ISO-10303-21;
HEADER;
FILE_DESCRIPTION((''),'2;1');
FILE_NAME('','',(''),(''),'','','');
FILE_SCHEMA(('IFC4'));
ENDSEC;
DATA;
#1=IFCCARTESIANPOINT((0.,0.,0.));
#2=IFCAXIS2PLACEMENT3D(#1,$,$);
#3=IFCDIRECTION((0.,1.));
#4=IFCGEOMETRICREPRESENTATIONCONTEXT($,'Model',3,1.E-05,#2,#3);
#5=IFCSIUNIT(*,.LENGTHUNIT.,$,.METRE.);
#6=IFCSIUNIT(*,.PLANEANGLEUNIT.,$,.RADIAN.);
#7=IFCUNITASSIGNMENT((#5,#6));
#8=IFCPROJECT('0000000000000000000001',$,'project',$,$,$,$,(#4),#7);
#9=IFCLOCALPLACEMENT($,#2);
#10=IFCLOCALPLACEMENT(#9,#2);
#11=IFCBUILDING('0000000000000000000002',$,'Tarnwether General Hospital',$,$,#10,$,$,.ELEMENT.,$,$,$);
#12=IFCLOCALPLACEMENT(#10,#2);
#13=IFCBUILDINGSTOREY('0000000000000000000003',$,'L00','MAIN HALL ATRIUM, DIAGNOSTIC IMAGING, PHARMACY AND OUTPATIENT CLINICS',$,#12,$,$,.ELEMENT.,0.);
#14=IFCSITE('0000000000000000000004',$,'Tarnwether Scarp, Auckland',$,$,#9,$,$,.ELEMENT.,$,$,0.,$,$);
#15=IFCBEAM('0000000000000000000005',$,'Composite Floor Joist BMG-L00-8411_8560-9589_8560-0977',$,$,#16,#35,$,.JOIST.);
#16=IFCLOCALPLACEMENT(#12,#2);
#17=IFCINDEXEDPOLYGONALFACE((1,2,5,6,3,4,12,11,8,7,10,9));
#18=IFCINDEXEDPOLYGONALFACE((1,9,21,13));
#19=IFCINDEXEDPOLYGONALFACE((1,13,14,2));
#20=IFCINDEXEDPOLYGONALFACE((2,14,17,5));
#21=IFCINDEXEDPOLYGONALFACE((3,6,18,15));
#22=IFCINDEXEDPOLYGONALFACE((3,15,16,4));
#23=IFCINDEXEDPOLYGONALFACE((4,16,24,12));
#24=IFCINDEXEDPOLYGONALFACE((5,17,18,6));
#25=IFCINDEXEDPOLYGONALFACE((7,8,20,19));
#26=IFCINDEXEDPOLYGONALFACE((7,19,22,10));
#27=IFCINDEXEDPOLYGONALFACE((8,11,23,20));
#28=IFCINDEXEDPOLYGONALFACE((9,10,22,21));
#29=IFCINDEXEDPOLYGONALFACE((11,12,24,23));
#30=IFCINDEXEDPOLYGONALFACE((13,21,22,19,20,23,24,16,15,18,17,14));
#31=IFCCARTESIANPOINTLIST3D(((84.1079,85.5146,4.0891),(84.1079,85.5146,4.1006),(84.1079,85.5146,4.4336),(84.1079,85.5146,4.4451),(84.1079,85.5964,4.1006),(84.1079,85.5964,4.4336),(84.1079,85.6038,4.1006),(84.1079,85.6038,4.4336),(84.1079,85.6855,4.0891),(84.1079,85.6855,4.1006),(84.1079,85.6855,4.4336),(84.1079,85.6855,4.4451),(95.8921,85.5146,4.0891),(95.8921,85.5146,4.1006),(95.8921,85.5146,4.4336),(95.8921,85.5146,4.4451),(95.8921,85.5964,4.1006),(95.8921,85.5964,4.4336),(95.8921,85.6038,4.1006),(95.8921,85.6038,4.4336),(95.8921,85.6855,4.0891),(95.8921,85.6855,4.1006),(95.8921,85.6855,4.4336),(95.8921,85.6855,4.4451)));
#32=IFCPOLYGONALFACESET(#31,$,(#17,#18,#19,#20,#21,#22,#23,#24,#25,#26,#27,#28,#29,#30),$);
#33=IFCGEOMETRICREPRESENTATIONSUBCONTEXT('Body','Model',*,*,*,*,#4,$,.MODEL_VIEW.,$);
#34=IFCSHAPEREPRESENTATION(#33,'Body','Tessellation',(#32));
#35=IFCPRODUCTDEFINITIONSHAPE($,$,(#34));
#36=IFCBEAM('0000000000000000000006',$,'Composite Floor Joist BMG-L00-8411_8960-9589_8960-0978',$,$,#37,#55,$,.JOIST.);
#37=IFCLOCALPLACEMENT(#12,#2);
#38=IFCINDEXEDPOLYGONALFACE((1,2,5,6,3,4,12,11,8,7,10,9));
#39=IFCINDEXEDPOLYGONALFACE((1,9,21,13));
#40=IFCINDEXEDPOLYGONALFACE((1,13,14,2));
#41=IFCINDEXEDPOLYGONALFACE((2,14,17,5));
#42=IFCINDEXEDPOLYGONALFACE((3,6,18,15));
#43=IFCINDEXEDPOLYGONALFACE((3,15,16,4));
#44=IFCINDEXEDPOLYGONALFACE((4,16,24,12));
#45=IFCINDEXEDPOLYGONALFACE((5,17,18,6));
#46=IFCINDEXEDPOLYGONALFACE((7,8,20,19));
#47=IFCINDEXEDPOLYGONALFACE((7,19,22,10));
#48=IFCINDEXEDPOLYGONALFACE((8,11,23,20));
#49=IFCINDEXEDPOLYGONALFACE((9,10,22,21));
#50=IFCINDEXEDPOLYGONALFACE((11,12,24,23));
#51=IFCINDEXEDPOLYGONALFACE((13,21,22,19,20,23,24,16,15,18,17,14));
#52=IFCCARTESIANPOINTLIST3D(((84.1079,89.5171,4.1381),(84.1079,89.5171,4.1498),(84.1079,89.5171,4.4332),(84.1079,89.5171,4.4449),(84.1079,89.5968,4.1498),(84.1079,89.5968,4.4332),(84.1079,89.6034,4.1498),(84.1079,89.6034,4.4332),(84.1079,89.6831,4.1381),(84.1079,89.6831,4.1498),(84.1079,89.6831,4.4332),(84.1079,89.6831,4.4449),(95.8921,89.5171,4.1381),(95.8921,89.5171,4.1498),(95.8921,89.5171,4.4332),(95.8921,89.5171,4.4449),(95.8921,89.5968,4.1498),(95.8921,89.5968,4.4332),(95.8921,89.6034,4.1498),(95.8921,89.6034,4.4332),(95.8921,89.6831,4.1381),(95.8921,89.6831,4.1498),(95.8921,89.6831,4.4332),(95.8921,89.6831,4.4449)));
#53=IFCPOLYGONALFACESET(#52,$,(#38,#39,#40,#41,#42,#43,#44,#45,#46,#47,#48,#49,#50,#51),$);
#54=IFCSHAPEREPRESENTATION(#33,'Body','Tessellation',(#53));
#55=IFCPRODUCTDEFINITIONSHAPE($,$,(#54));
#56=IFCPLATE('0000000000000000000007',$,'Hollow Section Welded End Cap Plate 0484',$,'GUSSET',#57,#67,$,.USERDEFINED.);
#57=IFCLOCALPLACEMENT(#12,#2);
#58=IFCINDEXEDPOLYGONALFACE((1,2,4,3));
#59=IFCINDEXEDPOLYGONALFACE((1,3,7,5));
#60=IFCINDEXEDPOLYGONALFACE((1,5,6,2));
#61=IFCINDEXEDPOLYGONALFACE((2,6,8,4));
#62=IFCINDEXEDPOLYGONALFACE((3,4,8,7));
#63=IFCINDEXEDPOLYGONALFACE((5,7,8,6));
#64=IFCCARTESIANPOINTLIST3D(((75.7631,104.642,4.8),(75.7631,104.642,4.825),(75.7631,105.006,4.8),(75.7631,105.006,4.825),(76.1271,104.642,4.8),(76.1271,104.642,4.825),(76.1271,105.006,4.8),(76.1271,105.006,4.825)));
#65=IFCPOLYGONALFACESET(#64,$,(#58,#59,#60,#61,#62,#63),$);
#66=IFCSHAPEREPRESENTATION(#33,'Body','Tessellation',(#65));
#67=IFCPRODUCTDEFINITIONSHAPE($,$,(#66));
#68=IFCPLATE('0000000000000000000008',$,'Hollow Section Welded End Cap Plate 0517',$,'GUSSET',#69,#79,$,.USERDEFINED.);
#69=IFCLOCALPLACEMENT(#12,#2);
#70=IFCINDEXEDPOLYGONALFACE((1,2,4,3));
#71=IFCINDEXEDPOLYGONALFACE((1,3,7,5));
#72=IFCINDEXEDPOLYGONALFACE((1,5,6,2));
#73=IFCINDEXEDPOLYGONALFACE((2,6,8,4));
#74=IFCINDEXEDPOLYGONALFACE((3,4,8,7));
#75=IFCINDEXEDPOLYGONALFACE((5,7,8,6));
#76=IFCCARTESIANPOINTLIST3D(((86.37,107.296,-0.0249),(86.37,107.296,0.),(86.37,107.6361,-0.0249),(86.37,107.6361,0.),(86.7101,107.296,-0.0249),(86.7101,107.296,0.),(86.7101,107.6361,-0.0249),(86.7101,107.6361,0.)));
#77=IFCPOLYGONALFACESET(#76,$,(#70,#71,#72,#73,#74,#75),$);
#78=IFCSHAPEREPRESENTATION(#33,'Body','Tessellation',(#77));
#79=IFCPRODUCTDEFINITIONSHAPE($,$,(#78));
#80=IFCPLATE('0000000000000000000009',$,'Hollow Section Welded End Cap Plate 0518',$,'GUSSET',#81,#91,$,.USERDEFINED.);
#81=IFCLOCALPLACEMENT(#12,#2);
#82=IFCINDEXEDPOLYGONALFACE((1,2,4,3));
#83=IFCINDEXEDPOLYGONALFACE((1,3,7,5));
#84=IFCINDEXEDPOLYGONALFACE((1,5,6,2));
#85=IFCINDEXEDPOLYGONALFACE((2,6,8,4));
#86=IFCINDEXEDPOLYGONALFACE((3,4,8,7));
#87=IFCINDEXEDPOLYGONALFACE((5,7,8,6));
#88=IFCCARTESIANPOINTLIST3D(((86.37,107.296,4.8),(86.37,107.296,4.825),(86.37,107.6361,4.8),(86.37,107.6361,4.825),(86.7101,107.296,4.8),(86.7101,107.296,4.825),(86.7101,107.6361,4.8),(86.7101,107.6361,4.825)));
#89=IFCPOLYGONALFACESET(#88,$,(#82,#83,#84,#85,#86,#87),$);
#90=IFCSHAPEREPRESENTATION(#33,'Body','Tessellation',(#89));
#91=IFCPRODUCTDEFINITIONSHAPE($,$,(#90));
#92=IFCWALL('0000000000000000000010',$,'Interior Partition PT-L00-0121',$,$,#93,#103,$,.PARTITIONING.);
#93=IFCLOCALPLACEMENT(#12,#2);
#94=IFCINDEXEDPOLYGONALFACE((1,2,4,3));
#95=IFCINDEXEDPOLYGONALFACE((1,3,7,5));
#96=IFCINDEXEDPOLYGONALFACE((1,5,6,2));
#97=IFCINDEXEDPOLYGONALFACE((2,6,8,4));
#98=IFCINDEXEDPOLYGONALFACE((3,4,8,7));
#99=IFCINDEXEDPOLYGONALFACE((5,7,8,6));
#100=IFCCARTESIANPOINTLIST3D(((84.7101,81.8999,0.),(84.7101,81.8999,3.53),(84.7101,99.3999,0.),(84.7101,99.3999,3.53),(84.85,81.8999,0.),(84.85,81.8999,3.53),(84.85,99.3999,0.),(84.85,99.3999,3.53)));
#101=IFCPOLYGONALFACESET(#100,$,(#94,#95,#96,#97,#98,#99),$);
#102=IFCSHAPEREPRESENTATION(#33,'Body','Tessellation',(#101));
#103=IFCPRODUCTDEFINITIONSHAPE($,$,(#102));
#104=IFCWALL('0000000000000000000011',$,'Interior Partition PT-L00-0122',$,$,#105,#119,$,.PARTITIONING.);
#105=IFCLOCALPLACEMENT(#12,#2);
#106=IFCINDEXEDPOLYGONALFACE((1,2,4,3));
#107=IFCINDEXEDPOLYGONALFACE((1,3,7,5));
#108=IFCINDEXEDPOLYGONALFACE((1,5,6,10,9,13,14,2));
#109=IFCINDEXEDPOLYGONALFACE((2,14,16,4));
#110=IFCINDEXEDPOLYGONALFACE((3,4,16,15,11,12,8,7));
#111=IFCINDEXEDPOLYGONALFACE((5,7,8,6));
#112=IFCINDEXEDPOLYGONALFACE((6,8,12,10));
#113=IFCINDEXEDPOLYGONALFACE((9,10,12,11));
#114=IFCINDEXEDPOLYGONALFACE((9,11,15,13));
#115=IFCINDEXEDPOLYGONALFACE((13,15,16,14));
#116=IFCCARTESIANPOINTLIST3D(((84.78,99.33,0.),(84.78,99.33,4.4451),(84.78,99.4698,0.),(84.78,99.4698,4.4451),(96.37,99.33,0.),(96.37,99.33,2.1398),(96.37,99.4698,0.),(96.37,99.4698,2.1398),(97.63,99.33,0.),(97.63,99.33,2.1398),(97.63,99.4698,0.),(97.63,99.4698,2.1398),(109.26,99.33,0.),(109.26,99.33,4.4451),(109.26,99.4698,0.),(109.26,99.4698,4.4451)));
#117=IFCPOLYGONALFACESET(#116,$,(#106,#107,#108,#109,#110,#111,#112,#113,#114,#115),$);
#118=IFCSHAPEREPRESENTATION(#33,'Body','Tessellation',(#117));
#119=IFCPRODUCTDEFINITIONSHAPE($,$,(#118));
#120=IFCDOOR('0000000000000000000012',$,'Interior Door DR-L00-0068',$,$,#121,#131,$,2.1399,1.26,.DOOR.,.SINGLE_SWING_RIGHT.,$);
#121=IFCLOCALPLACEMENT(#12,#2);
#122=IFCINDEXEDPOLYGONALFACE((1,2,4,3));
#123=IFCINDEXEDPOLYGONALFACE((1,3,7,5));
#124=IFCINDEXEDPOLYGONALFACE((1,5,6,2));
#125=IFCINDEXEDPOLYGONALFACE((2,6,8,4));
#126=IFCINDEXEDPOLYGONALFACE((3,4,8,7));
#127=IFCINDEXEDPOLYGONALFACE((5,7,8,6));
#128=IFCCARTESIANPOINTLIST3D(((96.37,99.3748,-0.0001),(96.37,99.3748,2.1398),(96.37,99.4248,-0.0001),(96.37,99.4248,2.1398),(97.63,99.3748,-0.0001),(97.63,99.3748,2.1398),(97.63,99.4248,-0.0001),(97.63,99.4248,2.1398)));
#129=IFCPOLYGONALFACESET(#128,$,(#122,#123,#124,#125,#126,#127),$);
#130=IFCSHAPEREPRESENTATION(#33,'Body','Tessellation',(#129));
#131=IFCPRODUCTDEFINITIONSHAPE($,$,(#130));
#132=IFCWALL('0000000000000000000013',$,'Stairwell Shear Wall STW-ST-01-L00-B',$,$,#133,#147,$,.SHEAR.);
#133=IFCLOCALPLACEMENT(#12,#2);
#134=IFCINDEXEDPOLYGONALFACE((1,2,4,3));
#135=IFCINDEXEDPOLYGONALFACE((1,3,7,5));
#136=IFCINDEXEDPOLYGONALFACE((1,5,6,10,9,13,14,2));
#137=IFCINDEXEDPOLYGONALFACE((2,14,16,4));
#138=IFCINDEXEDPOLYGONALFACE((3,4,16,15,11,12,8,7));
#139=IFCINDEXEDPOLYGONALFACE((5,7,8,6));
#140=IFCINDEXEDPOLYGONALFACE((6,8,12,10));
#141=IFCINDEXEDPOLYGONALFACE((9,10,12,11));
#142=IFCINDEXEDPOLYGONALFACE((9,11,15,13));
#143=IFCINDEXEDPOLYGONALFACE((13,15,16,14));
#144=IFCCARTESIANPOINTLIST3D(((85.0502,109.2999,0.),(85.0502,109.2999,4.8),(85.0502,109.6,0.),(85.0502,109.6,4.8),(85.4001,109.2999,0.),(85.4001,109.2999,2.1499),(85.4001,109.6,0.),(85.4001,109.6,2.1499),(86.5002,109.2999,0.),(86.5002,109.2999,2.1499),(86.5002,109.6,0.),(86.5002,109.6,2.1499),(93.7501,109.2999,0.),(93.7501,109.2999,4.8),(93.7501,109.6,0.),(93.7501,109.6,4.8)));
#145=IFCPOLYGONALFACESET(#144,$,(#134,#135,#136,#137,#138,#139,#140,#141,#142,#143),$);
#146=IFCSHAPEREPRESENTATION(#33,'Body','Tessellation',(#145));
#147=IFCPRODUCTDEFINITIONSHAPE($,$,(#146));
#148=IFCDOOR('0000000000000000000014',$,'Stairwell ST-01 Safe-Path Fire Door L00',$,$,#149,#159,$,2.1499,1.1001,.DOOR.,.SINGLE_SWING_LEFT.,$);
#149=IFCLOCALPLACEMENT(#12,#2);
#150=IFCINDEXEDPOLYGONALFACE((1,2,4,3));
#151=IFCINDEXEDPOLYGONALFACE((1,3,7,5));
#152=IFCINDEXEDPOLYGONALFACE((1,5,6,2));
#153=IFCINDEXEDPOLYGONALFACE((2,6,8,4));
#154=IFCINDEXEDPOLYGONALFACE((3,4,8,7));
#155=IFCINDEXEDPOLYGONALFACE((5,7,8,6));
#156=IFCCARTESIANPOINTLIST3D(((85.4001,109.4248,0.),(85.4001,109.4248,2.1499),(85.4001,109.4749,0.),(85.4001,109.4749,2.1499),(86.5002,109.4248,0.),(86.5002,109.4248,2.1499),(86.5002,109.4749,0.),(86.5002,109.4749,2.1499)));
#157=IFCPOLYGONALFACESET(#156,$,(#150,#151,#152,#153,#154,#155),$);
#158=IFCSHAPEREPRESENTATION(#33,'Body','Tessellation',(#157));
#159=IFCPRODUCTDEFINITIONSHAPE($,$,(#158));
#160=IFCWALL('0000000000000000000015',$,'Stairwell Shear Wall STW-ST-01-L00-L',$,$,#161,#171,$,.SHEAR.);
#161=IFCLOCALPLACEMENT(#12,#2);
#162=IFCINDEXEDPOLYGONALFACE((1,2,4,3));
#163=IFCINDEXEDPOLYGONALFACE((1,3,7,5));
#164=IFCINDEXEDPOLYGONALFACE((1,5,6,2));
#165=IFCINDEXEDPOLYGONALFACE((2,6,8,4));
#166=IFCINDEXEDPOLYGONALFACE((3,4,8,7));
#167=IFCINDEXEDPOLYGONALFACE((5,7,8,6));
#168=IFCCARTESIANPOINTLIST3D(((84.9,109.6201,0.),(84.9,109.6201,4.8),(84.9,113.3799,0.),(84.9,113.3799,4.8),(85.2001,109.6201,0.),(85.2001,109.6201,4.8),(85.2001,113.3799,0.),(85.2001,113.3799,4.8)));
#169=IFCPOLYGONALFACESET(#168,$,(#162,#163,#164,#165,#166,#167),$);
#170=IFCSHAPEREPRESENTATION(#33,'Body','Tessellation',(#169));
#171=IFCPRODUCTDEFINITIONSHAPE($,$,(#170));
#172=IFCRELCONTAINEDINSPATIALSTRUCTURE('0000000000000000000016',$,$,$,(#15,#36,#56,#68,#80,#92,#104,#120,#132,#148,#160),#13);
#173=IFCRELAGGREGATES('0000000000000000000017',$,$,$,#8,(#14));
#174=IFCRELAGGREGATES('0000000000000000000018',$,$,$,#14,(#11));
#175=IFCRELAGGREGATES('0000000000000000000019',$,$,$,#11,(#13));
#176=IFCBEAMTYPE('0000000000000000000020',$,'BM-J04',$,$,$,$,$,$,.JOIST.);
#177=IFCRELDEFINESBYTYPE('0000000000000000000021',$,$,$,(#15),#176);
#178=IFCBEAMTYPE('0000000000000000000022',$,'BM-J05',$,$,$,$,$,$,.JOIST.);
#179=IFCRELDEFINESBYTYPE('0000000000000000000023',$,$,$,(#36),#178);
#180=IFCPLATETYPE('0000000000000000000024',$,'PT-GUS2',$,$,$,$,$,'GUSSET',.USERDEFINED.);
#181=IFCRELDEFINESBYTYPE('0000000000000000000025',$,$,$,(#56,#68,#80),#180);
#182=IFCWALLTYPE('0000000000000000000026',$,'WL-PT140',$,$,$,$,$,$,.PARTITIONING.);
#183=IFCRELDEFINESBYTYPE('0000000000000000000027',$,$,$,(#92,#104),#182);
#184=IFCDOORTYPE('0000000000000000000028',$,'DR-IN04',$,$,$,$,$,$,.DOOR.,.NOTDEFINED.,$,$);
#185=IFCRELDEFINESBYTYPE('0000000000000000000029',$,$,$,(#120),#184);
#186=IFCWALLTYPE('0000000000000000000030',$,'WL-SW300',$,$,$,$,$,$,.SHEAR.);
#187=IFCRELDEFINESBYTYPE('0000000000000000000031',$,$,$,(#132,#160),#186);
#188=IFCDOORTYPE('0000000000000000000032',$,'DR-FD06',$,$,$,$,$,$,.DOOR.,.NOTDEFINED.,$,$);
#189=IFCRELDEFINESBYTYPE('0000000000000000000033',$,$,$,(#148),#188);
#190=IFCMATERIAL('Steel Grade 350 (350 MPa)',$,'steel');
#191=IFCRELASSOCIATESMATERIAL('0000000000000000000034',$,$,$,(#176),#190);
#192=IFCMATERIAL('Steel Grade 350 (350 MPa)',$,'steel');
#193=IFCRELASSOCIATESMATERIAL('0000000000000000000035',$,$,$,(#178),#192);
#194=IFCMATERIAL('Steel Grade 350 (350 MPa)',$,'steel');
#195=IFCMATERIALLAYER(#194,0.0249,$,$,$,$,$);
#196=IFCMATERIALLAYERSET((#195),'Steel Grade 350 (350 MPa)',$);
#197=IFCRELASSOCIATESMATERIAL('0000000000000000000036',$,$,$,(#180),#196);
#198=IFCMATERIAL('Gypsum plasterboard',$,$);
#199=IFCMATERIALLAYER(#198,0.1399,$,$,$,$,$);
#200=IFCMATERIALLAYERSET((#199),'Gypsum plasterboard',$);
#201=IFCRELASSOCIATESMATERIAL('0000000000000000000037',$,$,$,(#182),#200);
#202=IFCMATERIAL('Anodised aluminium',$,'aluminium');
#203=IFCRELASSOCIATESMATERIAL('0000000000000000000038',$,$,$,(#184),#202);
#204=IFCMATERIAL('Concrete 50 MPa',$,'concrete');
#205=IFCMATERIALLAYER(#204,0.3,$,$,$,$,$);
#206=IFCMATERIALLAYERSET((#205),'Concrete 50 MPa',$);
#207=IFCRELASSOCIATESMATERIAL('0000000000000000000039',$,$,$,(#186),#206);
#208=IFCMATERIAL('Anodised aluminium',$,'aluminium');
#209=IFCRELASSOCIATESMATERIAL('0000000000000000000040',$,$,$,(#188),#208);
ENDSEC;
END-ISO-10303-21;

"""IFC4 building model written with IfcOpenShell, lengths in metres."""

from ifc_helpers import new_model, si_unit, direction, frame, frame_2d, origin, origin_2d, place, context, subcontext, project, spatial, rectangle, i_section, extrude, material, layer, layer_set, material_profile, profile_set, type_object, element, fill, save


model = new_model("IFC4")

# Units and contexts
model_context = context("Model", 3, precision=1e-05, world=origin(), true_north=direction((0.0, 1.0)))
body_context = subcontext(model_context, "Body", "Model", "MODEL_VIEW")
ifc_project = project(units=[si_unit("LENGTHUNIT", "METRE"), si_unit("PLANEANGLEUNIT", "RADIAN")], contexts=[model_context])

# Site, building, storey
site_placement = place(None, origin())
site = spatial("IfcSite", under=ifc_project, at=site_placement, Name="Tarnwether Scarp, Auckland", CompositionType="ELEMENT", RefElevation=0.0)
building_placement = place(site_placement, origin())
building = spatial("IfcBuilding", under=site, at=building_placement, Name="Tarnwether General Hospital", CompositionType="ELEMENT")
storey_placement = place(building_placement, origin())
storey = spatial("IfcBuildingStorey", under=building, at=storey_placement, Name="L00", Description="MAIN HALL ATRIUM, DIAGNOSTIC IMAGING, PHARMACY AND OUTPATIENT CLINICS", CompositionType="ELEMENT", Elevation=0.0)

# Beams
ifc_material_1 = material(Name="Steel Grade 350 (350 MPa)", Category="steel")
ifc_material_profile_1 = material_profile(ifc_material_1, i_section(OverallWidth=0.1709, OverallDepth=0.356, WebThickness=0.0073, FlangeThickness=0.0115, at=origin_2d()), Name="360UB50.7")
ifc_profile_set_1 = profile_set([ifc_material_profile_1], Name="Steel Grade 350 (350 MPa)")
beam_type_1 = type_object("IfcBeamType", Name="BM-J04", PredefinedType="JOIST", material=ifc_profile_set_1)
beam_1_placement = place(storey_placement, frame((84.1079, 85.6001, 4.2671), z_axis=(1.0, 0.0, 0.0), x_axis=(0.0, 1.0, 0.0)))
element("IfcBeam", 1, at=beam_1_placement, inside=storey, type_object=beam_type_1, Name="Composite Floor Joist BMG-L00-8411_8560-9589_8560-0977", PredefinedType="JOIST", context=body_context, shape_type="SweptSolid", body=[
    extrude(i_section(OverallWidth=0.1709, OverallDepth=0.356, WebThickness=0.0073, FlangeThickness=0.0115, at=origin_2d()), origin(), (0.0, 0.0, 1.0), 11.7842),
])
ifc_material_2 = material(Name="Steel Grade 350 (350 MPa)", Category="steel")
ifc_material_profile_2 = material_profile(ifc_material_2, i_section(OverallWidth=0.166, OverallDepth=0.3069, WebThickness=0.0066, FlangeThickness=0.0117, at=origin_2d()), Name="310UB46.2")
ifc_profile_set_2 = profile_set([ifc_material_profile_2], Name="Steel Grade 350 (350 MPa)")
beam_type_2 = type_object("IfcBeamType", Name="BM-J05", PredefinedType="JOIST", material=ifc_profile_set_2)
beam_2_placement = place(storey_placement, frame((84.1079, 89.6001, 4.2915), z_axis=(1.0, 0.0, 0.0), x_axis=(0.0, 1.0, 0.0)))
element("IfcBeam", 2, at=beam_2_placement, inside=storey, type_object=beam_type_2, Name="Composite Floor Joist BMG-L00-8411_8960-9589_8960-0978", PredefinedType="JOIST", context=body_context, shape_type="SweptSolid", body=[
    extrude(i_section(OverallWidth=0.166, OverallDepth=0.3069, WebThickness=0.0066, FlangeThickness=0.0117, at=origin_2d()), origin(), (0.0, 0.0, 1.0), 11.7842),
])

# Plates
ifc_material_3 = material(Name="Steel Grade 350 (350 MPa)", Category="steel")
ifc_layer_1 = layer(ifc_material_3, 0.0249)
ifc_layer_set_1 = layer_set([ifc_layer_1], Name="Steel Grade 350 (350 MPa)")
plate_type = type_object("IfcPlateType", Name="PT-GUS2", ElementType="GUSSET", PredefinedType="USERDEFINED", material=ifc_layer_set_1)
plate_placement = place(storey_placement, frame((75.9451, 104.824, 4.8), z_axis=(0.0, 0.0, 1.0), x_axis=(1.0, 0.0, 0.0)))
element("IfcPlate", 3, at=plate_placement, inside=storey, type_object=plate_type, Name="Hollow Section Welded End Cap Plate 0484", ObjectType="GUSSET", PredefinedType="USERDEFINED", context=body_context, shape_type="SweptSolid", body=[
    extrude(rectangle(XDim=0.364, YDim=0.364, at=origin_2d()), origin(), (0.0, 0.0, 1.0), 0.0249),
])
for number, where, z_axis, x_axis, name in (
    (4, (86.54, 107.4661, -0.0249), (0.0, 0.0, 1.0), (1.0, 0.0, 0.0), "Hollow Section Welded End Cap Plate 0517"),
    (5, (86.54, 107.4661, 4.8), (0.0, 0.0, 1.0), (1.0, 0.0, 0.0), "Hollow Section Welded End Cap Plate 0518"),
):
    element("IfcPlate", number, at=place(storey_placement, frame(where, z_axis=z_axis, x_axis=x_axis)), inside=storey, type_object=plate_type, Name=name, ObjectType="GUSSET", PredefinedType="USERDEFINED", context=body_context, shape_type="SweptSolid", body=[
        extrude(rectangle(XDim=0.3401, YDim=0.3401, at=origin_2d()), origin(), (0.0, 0.0, 1.0), 0.0249),
    ])

# Wall
ifc_material_4 = material(Name="Gypsum plasterboard")
ifc_layer_2 = layer(ifc_material_4, 0.1399)
ifc_layer_set_2 = layer_set([ifc_layer_2], Name="Gypsum plasterboard")
wall_type_1 = type_object("IfcWallType", Name="WL-PT140", PredefinedType="PARTITIONING", material=ifc_layer_set_2)
wall_1_placement = place(storey_placement, frame((84.78, 81.8999, 0.0), z_axis=(0.0, 0.0, 1.0), x_axis=(0.0, 1.0, 0.0)))
element("IfcWall", 6, at=wall_1_placement, inside=storey, type_object=wall_type_1, Name="Interior Partition PT-L00-0121", PredefinedType="PARTITIONING", context=body_context, shape_type="SweptSolid", body=[
    extrude(rectangle(XDim=17.5, YDim=0.1399, at=frame_2d((8.75, 0.0))), origin(), (0.0, 0.0, 1.0), 3.53),
])

# Walls, openings, doors
wall_2_placement = place(storey_placement, frame((84.78, 99.3999, 0.0), z_axis=(0.0, 0.0, 1.0), x_axis=(1.0, 0.0, 0.0)))
wall_2 = element("IfcWall", 7, at=wall_2_placement, inside=storey, type_object=wall_type_1, Name="Interior Partition PT-L00-0122", PredefinedType="PARTITIONING", context=body_context, shape_type="SweptSolid", body=[
    extrude(rectangle(XDim=24.48, YDim=0.1399, at=frame_2d((12.24, 0.0))), origin(), (0.0, 0.0, 1.0), 4.4451),
])
opening_1_placement = place(wall_2_placement, frame((11.5901, 0.0, 0.0)))
opening_1 = element("IfcOpeningElement", 8, at=opening_1_placement, cuts=wall_2, PredefinedType="OPENING", context=body_context, shape_type="SweptSolid", body=[
    extrude(rectangle(XDim=1.26, YDim=2.1399, at=frame_2d((0.6299, 1.0698))), frame((0.0, 0.0801, 0.0), z_axis=(0.0, -1.0, 0.0), x_axis=(1.0, 0.0, 0.0)), (0.0, 0.0, 1.0), 0.1599),
])
ifc_material_5 = material(Name="Anodised aluminium", Category="aluminium")
door_type_1 = type_object("IfcDoorType", Name="DR-IN04", OperationType="NOTDEFINED", PredefinedType="DOOR", material=ifc_material_5)
door_1_placement = place(opening_1_placement, origin())
door_1 = element("IfcDoor", 9, at=door_1_placement, inside=storey, type_object=door_type_1, Name="Interior Door DR-L00-0068", OperationType="SINGLE_SWING_RIGHT", OverallHeight=2.1399, OverallWidth=1.26, PredefinedType="DOOR", context=body_context, shape_type="SweptSolid", body=[
    extrude(rectangle(XDim=1.26, YDim=2.1399, at=frame_2d((0.6299, 1.0698))), frame((0.0, 0.0249, 0.0), z_axis=(0.0, -1.0, 0.0), x_axis=(1.0, 0.0, 0.0)), (0.0, 0.0, 1.0), 0.05),
])
fill(opening_1, door_1)
ifc_material_6 = material(Name="Concrete 50 MPa", Category="concrete")
ifc_layer_3 = layer(ifc_material_6, 0.3)
ifc_layer_set_3 = layer_set([ifc_layer_3], Name="Concrete 50 MPa")
wall_type_2 = type_object("IfcWallType", Name="WL-SW300", PredefinedType="SHEAR", material=ifc_layer_set_3)
wall_3_placement = place(storey_placement, frame((85.05, 109.45, 0.0), z_axis=(0.0, 0.0, 1.0), x_axis=(1.0, 0.0, 0.0)))
wall_3 = element("IfcWall", 10, at=wall_3_placement, inside=storey, type_object=wall_type_2, Name="Stairwell Shear Wall STW-ST-01-L00-B", PredefinedType="SHEAR", context=body_context, shape_type="SweptSolid", body=[
    extrude(rectangle(XDim=8.7, YDim=0.3, at=frame_2d((4.3501, 0.0))), origin(), (0.0, 0.0, 1.0), 4.8),
])
opening_2_placement = place(wall_3_placement, frame((0.3501, 0.0, 0.0)))
opening_2 = element("IfcOpeningElement", 11, at=opening_2_placement, cuts=wall_3, PredefinedType="OPENING", context=body_context, shape_type="SweptSolid", body=[
    extrude(rectangle(XDim=1.1001, YDim=2.1499, at=frame_2d((0.55, 1.075))), frame((0.0, 0.1602, 0.0), z_axis=(0.0, -1.0, 0.0), x_axis=(1.0, 0.0, 0.0)), (0.0, 0.0, 1.0), 0.3201),
])
ifc_material_7 = material(Name="Anodised aluminium", Category="aluminium")
door_type_2 = type_object("IfcDoorType", Name="DR-FD06", OperationType="NOTDEFINED", PredefinedType="DOOR", material=ifc_material_7)
door_2_placement = place(opening_2_placement, origin())
door_2 = element("IfcDoor", 12, at=door_2_placement, inside=storey, type_object=door_type_2, Name="Stairwell ST-01 Safe-Path Fire Door L00", OperationType="SINGLE_SWING_LEFT", OverallHeight=2.1499, OverallWidth=1.1001, PredefinedType="DOOR", context=body_context, shape_type="SweptSolid", body=[
    extrude(rectangle(XDim=1.1001, YDim=2.1499, at=frame_2d((0.55, 1.075))), frame((0.0, 0.0249, 0.0), z_axis=(0.0, -1.0, 0.0), x_axis=(1.0, 0.0, 0.0)), (0.0, 0.0, 1.0), 0.05),
])
fill(opening_2, door_2)

# Wall
for number, where, z_axis, x_axis, name in (
    (13, (85.05, 109.6201, 0.0), (0.0, 0.0, 1.0), (0.0, 1.0, 0.0), "Stairwell Shear Wall STW-ST-01-L00-L"),
):
    element("IfcWall", number, at=place(storey_placement, frame(where, z_axis=z_axis, x_axis=x_axis)), inside=storey, type_object=wall_type_2, Name=name, PredefinedType="SHEAR", context=body_context, shape_type="SweptSolid", body=[
        extrude(rectangle(XDim=3.7598, YDim=0.3, at=frame_2d((1.8799, 0.0))), origin(), (0.0, 0.0, 1.0), 4.8),
    ])

save(model, "model.ifc")
